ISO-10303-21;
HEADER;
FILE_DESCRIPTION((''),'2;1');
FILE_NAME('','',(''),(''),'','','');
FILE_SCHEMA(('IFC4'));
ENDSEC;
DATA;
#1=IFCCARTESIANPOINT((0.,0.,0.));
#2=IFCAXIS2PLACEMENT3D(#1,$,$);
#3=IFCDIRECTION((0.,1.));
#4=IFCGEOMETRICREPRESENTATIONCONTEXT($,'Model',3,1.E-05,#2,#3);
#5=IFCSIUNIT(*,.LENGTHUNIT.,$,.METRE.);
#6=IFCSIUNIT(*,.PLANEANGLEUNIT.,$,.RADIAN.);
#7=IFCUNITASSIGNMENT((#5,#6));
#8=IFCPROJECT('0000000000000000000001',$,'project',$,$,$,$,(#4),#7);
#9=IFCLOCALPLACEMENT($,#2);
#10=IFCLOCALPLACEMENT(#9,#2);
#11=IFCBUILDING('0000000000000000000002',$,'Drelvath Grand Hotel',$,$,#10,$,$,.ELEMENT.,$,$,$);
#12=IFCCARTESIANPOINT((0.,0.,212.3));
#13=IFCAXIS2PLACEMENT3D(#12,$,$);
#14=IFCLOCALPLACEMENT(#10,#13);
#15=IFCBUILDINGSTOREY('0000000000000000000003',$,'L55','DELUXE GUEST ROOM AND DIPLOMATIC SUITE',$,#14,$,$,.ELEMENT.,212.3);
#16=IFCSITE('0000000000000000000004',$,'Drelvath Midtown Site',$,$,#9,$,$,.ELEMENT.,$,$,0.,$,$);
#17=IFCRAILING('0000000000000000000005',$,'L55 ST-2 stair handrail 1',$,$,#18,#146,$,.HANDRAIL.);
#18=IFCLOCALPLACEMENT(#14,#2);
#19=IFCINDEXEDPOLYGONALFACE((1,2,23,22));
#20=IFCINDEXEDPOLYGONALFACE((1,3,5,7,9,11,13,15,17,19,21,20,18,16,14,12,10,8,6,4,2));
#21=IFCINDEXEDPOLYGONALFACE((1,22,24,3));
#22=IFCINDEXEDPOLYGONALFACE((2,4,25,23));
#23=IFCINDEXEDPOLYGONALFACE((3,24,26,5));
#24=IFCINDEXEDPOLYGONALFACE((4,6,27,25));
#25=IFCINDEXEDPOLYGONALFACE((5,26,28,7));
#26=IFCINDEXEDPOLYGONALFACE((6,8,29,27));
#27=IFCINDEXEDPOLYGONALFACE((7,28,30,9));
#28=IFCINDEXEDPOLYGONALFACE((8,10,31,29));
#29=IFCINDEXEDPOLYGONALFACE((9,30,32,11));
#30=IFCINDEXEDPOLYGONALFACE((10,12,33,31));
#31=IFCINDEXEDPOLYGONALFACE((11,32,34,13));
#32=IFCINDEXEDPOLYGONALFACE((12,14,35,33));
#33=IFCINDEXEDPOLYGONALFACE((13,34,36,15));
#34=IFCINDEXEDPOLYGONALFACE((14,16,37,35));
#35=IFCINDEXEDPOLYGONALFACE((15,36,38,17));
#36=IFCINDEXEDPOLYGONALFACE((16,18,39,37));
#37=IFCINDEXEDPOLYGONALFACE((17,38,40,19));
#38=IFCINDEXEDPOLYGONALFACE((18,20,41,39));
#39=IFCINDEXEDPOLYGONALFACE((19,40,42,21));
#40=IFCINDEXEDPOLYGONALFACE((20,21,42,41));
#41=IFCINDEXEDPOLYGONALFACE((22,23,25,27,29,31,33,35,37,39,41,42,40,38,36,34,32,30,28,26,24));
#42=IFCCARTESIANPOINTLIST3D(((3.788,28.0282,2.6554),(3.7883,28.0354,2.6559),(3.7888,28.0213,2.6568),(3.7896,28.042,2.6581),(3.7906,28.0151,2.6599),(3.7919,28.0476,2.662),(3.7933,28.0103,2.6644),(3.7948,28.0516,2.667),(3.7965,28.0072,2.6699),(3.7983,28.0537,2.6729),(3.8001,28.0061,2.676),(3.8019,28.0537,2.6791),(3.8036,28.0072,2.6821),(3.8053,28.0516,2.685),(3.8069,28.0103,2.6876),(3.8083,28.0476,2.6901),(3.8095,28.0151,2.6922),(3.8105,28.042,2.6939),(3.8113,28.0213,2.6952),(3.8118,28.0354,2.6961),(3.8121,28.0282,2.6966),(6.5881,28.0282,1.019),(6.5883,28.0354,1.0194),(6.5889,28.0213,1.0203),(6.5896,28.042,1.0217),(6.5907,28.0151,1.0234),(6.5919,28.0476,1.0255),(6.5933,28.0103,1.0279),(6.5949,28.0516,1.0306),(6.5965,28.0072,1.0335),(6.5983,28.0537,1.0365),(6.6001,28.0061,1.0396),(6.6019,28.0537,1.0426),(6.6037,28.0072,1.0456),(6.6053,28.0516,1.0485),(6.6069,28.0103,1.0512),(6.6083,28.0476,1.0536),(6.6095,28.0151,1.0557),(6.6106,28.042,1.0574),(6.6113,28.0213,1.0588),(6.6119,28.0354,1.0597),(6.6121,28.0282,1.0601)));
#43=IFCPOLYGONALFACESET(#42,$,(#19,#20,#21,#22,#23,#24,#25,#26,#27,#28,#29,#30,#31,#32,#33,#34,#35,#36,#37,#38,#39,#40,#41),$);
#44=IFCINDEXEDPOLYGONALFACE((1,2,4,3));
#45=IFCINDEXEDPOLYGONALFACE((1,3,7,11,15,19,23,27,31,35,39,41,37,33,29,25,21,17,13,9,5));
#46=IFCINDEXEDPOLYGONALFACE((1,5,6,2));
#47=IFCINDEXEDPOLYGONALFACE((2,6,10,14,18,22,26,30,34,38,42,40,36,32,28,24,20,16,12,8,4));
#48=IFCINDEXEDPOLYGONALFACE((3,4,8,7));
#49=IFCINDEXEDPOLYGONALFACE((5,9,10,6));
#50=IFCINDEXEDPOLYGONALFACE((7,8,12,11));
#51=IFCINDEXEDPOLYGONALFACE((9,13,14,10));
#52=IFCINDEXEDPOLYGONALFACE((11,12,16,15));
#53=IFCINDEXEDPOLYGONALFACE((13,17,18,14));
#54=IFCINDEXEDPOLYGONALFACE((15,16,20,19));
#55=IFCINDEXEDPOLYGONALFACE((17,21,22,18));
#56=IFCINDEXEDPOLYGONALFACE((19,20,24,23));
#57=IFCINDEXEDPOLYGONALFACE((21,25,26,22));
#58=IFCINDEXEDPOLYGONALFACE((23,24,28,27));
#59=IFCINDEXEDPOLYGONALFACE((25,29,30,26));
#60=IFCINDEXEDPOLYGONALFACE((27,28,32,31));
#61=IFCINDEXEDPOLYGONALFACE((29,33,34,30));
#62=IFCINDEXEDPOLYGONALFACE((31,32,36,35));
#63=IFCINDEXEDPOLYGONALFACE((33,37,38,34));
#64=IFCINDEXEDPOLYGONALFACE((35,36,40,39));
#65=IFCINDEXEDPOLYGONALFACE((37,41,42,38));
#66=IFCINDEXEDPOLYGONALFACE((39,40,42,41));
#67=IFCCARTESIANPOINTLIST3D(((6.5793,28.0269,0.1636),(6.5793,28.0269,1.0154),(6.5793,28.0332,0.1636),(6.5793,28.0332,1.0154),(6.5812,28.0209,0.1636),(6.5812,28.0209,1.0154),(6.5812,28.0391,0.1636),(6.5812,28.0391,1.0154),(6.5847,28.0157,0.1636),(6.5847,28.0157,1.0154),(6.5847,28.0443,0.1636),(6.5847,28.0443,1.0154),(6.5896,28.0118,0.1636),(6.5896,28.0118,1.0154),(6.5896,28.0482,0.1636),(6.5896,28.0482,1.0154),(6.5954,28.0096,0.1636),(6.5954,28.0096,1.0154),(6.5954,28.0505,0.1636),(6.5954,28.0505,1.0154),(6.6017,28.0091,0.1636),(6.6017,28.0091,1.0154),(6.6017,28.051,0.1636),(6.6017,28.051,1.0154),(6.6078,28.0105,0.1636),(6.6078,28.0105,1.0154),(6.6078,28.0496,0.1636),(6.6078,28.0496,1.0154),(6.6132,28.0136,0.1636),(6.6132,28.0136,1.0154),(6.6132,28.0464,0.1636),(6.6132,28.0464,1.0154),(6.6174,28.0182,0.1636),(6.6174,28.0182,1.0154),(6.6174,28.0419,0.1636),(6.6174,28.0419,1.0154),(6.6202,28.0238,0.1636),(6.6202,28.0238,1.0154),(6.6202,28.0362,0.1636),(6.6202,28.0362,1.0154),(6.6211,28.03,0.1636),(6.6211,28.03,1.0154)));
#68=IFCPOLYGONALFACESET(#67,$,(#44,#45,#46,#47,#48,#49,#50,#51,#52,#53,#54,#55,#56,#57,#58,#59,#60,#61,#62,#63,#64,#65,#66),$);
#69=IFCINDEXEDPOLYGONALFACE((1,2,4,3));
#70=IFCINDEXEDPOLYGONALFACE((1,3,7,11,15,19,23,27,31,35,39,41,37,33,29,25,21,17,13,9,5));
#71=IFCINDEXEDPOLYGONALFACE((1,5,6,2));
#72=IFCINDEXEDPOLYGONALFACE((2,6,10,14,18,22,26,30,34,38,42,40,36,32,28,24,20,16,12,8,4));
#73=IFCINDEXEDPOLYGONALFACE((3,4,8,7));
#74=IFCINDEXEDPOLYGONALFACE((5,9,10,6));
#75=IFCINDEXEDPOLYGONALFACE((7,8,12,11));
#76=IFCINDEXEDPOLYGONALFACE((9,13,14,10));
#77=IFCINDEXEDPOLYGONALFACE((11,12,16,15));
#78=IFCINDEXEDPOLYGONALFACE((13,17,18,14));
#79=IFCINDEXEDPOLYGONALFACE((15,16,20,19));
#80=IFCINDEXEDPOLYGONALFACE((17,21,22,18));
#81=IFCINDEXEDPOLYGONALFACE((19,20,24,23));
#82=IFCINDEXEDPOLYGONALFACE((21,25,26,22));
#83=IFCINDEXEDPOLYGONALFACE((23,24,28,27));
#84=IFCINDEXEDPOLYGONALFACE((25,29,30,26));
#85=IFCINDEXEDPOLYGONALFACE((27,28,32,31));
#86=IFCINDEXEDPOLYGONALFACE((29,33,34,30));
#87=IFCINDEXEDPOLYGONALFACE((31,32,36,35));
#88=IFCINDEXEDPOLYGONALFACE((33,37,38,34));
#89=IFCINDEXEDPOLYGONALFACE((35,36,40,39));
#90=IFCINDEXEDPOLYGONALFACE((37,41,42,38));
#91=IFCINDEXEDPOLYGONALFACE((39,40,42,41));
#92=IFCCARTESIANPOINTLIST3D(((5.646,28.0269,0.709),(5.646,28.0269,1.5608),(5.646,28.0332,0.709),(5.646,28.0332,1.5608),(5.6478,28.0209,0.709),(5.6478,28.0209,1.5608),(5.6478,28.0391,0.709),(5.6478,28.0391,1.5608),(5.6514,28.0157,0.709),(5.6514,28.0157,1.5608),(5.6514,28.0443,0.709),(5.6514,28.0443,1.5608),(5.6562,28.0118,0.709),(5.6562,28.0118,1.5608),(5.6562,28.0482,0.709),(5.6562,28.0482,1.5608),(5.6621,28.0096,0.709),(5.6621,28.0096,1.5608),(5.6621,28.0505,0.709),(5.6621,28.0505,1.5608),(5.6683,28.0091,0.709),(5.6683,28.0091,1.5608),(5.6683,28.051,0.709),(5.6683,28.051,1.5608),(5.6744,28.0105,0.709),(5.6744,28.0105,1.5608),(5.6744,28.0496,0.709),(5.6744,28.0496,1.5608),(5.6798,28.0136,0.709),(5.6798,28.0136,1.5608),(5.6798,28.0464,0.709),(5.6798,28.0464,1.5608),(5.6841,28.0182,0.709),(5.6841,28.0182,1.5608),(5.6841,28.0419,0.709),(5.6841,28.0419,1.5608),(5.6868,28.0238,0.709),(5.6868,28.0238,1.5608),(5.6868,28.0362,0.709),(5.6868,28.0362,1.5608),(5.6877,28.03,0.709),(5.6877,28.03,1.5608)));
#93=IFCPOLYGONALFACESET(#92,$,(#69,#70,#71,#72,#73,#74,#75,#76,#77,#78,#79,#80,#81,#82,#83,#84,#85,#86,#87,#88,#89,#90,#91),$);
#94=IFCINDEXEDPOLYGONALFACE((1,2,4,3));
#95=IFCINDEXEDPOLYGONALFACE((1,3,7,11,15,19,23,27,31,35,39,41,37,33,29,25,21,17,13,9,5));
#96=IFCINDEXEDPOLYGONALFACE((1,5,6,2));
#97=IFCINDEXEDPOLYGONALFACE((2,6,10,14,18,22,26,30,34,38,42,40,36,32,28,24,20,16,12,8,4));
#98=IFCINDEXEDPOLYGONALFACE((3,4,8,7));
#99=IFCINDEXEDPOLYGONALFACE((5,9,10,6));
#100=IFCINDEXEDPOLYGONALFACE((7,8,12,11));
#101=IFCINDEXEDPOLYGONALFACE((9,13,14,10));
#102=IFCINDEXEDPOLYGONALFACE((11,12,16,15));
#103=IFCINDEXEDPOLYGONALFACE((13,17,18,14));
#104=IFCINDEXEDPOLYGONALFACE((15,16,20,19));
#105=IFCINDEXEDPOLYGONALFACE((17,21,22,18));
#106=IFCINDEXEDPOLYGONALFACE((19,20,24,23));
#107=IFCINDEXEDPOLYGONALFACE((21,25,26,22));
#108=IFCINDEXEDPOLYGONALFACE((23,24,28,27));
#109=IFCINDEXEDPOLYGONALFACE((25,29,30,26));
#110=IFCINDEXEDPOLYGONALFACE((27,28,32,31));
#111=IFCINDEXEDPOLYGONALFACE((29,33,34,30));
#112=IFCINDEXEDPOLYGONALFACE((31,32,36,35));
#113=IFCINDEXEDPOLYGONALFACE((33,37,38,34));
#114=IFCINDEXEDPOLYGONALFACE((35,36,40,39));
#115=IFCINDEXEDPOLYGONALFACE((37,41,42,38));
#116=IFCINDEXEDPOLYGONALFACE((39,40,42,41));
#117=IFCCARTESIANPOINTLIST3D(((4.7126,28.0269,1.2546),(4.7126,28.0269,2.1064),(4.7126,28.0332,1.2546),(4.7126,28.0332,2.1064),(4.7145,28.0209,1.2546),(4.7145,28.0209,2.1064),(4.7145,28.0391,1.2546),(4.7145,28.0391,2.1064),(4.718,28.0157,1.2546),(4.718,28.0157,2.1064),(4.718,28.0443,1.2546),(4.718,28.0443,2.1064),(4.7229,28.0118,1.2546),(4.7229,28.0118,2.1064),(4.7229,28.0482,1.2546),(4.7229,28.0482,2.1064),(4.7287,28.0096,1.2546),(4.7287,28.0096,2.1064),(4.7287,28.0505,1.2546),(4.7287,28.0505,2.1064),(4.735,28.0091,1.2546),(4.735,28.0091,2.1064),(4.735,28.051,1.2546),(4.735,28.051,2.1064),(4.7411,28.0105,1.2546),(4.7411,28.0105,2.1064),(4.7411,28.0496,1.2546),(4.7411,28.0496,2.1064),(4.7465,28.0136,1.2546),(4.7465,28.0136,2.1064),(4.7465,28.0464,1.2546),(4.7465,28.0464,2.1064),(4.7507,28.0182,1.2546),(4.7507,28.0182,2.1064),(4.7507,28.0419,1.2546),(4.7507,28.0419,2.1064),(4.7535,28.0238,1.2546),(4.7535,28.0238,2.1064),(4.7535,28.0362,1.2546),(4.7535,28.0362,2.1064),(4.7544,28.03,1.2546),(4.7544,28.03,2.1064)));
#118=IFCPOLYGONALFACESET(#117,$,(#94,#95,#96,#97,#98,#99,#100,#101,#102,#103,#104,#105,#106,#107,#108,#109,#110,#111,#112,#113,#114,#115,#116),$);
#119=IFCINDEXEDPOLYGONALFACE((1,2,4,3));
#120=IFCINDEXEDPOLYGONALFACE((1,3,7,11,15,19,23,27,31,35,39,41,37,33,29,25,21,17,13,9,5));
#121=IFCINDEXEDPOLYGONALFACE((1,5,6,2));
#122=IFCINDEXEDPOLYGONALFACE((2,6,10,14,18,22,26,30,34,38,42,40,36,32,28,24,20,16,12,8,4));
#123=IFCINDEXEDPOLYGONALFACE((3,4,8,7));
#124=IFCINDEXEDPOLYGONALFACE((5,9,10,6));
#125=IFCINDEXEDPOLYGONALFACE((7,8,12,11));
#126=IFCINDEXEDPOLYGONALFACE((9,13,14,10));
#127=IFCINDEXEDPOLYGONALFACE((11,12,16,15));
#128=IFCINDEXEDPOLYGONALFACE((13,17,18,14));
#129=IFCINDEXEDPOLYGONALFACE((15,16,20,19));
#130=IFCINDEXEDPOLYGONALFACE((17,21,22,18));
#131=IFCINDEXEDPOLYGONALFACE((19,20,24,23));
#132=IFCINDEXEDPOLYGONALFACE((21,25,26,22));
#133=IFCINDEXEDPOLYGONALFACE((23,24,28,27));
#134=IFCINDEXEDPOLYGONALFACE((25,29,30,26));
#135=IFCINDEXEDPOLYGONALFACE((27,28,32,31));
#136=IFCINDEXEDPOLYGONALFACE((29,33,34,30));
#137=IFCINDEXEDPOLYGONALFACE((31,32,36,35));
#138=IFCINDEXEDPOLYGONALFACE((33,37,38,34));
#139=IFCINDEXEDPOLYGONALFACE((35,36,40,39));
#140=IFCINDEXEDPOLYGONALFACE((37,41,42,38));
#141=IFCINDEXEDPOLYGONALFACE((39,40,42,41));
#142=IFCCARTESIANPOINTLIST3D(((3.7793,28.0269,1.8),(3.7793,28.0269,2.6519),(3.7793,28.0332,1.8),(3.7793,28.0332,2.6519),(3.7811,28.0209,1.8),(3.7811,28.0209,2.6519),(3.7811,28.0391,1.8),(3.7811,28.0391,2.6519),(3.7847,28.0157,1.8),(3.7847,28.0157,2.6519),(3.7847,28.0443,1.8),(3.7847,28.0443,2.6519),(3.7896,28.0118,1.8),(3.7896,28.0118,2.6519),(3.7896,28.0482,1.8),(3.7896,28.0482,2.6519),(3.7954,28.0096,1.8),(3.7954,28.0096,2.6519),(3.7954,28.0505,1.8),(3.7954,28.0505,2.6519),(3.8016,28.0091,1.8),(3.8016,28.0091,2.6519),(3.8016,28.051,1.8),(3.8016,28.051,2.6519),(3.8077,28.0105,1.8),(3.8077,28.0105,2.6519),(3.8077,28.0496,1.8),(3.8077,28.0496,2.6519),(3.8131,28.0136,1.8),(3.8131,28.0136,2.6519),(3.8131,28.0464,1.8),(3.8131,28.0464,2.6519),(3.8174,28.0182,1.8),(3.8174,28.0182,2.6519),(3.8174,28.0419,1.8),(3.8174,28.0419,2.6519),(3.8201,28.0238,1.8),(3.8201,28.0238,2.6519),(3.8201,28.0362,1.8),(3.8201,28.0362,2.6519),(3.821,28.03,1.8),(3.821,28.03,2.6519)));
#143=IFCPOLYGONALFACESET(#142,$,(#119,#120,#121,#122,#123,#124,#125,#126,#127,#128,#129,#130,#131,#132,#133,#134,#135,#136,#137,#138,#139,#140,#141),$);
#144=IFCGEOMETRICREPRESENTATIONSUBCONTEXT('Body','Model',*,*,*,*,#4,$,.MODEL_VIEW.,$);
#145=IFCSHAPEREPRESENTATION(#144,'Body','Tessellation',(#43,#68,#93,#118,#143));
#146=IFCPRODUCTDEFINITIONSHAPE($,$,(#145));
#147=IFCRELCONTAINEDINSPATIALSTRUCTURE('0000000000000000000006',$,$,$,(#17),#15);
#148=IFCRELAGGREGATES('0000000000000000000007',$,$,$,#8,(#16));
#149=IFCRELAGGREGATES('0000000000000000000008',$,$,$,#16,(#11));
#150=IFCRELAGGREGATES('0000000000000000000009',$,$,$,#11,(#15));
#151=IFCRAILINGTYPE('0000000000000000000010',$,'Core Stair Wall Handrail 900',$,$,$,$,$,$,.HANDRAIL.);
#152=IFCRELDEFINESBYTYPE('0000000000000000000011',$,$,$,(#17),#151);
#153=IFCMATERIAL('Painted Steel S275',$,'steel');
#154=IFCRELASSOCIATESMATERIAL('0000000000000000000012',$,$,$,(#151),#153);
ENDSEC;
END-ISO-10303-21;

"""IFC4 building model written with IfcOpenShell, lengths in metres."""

from ifc_helpers import new_model, si_unit, direction, frame, origin, origin_2d, place, context, subcontext, project, spatial, circle, extrude, material, type_object, element, save


model = new_model("IFC4")

# Units and contexts
model_context = context("Model", 3, precision=1e-05, world=origin(), true_north=direction((0.0, 1.0)))
body_context = subcontext(model_context, "Body", "Model", "MODEL_VIEW")
ifc_project = project(units=[si_unit("LENGTHUNIT", "METRE"), si_unit("PLANEANGLEUNIT", "RADIAN")], contexts=[model_context])

# Site, building, storey
site_placement = place(None, origin())
site = spatial("IfcSite", under=ifc_project, at=site_placement, Name="Drelvath Midtown Site", CompositionType="ELEMENT", RefElevation=0.0)
building_placement = place(site_placement, origin())
building = spatial("IfcBuilding", under=site, at=building_placement, Name="Drelvath Grand Hotel", CompositionType="ELEMENT")
storey_placement = place(building_placement, frame((0.0, 0.0, 212.3)))
storey = spatial("IfcBuildingStorey", under=building, at=storey_placement, Name="L55", Description="DELUXE GUEST ROOM AND DIPLOMATIC SUITE", CompositionType="ELEMENT", Elevation=212.3)

# Shared definitions
ifc_material_1 = material(Name="Painted Steel S275", Category="steel")

# Railing
railing_type = type_object("IfcRailingType", Name="Core Stair Wall Handrail 900", PredefinedType="HANDRAIL", material=ifc_material_1)
railing_placement = place(storey_placement, frame((6.6001, 28.03, 0.1636)))
element("IfcRailing", 1, at=railing_placement, inside=storey, type_object=railing_type, Name="L55 ST-2 stair handrail 1", PredefinedType="HANDRAIL", context=body_context, shape_type="SweptSolid", body=[
    extrude(circle(Radius=0.0239, at=origin_2d()), frame((0.0, 0.0, 0.876), z_axis=(-0.863361, 0.0, 0.504587), x_axis=(0.0, -1.0, 0.0)), (0.0, 0.0, 1.0), 3.2432),
    extrude(circle(Radius=0.021, at=origin_2d()), origin(), (0.0, 0.0, 1.0), 0.8518),
    extrude(circle(Radius=0.021, at=origin_2d()), frame((-0.9333, 0.0, 0.5454)), (0.0, 0.0, 1.0), 0.8518),
    extrude(circle(Radius=0.021, at=origin_2d()), frame((-1.8667, 0.0, 1.0911)), (0.0, 0.0, 1.0), 0.8518),
    extrude(circle(Radius=0.021, at=origin_2d()), frame((-2.8, 0.0, 1.6365)), (0.0, 0.0, 1.0), 0.8518),
])

save(model, "model.ifc")
